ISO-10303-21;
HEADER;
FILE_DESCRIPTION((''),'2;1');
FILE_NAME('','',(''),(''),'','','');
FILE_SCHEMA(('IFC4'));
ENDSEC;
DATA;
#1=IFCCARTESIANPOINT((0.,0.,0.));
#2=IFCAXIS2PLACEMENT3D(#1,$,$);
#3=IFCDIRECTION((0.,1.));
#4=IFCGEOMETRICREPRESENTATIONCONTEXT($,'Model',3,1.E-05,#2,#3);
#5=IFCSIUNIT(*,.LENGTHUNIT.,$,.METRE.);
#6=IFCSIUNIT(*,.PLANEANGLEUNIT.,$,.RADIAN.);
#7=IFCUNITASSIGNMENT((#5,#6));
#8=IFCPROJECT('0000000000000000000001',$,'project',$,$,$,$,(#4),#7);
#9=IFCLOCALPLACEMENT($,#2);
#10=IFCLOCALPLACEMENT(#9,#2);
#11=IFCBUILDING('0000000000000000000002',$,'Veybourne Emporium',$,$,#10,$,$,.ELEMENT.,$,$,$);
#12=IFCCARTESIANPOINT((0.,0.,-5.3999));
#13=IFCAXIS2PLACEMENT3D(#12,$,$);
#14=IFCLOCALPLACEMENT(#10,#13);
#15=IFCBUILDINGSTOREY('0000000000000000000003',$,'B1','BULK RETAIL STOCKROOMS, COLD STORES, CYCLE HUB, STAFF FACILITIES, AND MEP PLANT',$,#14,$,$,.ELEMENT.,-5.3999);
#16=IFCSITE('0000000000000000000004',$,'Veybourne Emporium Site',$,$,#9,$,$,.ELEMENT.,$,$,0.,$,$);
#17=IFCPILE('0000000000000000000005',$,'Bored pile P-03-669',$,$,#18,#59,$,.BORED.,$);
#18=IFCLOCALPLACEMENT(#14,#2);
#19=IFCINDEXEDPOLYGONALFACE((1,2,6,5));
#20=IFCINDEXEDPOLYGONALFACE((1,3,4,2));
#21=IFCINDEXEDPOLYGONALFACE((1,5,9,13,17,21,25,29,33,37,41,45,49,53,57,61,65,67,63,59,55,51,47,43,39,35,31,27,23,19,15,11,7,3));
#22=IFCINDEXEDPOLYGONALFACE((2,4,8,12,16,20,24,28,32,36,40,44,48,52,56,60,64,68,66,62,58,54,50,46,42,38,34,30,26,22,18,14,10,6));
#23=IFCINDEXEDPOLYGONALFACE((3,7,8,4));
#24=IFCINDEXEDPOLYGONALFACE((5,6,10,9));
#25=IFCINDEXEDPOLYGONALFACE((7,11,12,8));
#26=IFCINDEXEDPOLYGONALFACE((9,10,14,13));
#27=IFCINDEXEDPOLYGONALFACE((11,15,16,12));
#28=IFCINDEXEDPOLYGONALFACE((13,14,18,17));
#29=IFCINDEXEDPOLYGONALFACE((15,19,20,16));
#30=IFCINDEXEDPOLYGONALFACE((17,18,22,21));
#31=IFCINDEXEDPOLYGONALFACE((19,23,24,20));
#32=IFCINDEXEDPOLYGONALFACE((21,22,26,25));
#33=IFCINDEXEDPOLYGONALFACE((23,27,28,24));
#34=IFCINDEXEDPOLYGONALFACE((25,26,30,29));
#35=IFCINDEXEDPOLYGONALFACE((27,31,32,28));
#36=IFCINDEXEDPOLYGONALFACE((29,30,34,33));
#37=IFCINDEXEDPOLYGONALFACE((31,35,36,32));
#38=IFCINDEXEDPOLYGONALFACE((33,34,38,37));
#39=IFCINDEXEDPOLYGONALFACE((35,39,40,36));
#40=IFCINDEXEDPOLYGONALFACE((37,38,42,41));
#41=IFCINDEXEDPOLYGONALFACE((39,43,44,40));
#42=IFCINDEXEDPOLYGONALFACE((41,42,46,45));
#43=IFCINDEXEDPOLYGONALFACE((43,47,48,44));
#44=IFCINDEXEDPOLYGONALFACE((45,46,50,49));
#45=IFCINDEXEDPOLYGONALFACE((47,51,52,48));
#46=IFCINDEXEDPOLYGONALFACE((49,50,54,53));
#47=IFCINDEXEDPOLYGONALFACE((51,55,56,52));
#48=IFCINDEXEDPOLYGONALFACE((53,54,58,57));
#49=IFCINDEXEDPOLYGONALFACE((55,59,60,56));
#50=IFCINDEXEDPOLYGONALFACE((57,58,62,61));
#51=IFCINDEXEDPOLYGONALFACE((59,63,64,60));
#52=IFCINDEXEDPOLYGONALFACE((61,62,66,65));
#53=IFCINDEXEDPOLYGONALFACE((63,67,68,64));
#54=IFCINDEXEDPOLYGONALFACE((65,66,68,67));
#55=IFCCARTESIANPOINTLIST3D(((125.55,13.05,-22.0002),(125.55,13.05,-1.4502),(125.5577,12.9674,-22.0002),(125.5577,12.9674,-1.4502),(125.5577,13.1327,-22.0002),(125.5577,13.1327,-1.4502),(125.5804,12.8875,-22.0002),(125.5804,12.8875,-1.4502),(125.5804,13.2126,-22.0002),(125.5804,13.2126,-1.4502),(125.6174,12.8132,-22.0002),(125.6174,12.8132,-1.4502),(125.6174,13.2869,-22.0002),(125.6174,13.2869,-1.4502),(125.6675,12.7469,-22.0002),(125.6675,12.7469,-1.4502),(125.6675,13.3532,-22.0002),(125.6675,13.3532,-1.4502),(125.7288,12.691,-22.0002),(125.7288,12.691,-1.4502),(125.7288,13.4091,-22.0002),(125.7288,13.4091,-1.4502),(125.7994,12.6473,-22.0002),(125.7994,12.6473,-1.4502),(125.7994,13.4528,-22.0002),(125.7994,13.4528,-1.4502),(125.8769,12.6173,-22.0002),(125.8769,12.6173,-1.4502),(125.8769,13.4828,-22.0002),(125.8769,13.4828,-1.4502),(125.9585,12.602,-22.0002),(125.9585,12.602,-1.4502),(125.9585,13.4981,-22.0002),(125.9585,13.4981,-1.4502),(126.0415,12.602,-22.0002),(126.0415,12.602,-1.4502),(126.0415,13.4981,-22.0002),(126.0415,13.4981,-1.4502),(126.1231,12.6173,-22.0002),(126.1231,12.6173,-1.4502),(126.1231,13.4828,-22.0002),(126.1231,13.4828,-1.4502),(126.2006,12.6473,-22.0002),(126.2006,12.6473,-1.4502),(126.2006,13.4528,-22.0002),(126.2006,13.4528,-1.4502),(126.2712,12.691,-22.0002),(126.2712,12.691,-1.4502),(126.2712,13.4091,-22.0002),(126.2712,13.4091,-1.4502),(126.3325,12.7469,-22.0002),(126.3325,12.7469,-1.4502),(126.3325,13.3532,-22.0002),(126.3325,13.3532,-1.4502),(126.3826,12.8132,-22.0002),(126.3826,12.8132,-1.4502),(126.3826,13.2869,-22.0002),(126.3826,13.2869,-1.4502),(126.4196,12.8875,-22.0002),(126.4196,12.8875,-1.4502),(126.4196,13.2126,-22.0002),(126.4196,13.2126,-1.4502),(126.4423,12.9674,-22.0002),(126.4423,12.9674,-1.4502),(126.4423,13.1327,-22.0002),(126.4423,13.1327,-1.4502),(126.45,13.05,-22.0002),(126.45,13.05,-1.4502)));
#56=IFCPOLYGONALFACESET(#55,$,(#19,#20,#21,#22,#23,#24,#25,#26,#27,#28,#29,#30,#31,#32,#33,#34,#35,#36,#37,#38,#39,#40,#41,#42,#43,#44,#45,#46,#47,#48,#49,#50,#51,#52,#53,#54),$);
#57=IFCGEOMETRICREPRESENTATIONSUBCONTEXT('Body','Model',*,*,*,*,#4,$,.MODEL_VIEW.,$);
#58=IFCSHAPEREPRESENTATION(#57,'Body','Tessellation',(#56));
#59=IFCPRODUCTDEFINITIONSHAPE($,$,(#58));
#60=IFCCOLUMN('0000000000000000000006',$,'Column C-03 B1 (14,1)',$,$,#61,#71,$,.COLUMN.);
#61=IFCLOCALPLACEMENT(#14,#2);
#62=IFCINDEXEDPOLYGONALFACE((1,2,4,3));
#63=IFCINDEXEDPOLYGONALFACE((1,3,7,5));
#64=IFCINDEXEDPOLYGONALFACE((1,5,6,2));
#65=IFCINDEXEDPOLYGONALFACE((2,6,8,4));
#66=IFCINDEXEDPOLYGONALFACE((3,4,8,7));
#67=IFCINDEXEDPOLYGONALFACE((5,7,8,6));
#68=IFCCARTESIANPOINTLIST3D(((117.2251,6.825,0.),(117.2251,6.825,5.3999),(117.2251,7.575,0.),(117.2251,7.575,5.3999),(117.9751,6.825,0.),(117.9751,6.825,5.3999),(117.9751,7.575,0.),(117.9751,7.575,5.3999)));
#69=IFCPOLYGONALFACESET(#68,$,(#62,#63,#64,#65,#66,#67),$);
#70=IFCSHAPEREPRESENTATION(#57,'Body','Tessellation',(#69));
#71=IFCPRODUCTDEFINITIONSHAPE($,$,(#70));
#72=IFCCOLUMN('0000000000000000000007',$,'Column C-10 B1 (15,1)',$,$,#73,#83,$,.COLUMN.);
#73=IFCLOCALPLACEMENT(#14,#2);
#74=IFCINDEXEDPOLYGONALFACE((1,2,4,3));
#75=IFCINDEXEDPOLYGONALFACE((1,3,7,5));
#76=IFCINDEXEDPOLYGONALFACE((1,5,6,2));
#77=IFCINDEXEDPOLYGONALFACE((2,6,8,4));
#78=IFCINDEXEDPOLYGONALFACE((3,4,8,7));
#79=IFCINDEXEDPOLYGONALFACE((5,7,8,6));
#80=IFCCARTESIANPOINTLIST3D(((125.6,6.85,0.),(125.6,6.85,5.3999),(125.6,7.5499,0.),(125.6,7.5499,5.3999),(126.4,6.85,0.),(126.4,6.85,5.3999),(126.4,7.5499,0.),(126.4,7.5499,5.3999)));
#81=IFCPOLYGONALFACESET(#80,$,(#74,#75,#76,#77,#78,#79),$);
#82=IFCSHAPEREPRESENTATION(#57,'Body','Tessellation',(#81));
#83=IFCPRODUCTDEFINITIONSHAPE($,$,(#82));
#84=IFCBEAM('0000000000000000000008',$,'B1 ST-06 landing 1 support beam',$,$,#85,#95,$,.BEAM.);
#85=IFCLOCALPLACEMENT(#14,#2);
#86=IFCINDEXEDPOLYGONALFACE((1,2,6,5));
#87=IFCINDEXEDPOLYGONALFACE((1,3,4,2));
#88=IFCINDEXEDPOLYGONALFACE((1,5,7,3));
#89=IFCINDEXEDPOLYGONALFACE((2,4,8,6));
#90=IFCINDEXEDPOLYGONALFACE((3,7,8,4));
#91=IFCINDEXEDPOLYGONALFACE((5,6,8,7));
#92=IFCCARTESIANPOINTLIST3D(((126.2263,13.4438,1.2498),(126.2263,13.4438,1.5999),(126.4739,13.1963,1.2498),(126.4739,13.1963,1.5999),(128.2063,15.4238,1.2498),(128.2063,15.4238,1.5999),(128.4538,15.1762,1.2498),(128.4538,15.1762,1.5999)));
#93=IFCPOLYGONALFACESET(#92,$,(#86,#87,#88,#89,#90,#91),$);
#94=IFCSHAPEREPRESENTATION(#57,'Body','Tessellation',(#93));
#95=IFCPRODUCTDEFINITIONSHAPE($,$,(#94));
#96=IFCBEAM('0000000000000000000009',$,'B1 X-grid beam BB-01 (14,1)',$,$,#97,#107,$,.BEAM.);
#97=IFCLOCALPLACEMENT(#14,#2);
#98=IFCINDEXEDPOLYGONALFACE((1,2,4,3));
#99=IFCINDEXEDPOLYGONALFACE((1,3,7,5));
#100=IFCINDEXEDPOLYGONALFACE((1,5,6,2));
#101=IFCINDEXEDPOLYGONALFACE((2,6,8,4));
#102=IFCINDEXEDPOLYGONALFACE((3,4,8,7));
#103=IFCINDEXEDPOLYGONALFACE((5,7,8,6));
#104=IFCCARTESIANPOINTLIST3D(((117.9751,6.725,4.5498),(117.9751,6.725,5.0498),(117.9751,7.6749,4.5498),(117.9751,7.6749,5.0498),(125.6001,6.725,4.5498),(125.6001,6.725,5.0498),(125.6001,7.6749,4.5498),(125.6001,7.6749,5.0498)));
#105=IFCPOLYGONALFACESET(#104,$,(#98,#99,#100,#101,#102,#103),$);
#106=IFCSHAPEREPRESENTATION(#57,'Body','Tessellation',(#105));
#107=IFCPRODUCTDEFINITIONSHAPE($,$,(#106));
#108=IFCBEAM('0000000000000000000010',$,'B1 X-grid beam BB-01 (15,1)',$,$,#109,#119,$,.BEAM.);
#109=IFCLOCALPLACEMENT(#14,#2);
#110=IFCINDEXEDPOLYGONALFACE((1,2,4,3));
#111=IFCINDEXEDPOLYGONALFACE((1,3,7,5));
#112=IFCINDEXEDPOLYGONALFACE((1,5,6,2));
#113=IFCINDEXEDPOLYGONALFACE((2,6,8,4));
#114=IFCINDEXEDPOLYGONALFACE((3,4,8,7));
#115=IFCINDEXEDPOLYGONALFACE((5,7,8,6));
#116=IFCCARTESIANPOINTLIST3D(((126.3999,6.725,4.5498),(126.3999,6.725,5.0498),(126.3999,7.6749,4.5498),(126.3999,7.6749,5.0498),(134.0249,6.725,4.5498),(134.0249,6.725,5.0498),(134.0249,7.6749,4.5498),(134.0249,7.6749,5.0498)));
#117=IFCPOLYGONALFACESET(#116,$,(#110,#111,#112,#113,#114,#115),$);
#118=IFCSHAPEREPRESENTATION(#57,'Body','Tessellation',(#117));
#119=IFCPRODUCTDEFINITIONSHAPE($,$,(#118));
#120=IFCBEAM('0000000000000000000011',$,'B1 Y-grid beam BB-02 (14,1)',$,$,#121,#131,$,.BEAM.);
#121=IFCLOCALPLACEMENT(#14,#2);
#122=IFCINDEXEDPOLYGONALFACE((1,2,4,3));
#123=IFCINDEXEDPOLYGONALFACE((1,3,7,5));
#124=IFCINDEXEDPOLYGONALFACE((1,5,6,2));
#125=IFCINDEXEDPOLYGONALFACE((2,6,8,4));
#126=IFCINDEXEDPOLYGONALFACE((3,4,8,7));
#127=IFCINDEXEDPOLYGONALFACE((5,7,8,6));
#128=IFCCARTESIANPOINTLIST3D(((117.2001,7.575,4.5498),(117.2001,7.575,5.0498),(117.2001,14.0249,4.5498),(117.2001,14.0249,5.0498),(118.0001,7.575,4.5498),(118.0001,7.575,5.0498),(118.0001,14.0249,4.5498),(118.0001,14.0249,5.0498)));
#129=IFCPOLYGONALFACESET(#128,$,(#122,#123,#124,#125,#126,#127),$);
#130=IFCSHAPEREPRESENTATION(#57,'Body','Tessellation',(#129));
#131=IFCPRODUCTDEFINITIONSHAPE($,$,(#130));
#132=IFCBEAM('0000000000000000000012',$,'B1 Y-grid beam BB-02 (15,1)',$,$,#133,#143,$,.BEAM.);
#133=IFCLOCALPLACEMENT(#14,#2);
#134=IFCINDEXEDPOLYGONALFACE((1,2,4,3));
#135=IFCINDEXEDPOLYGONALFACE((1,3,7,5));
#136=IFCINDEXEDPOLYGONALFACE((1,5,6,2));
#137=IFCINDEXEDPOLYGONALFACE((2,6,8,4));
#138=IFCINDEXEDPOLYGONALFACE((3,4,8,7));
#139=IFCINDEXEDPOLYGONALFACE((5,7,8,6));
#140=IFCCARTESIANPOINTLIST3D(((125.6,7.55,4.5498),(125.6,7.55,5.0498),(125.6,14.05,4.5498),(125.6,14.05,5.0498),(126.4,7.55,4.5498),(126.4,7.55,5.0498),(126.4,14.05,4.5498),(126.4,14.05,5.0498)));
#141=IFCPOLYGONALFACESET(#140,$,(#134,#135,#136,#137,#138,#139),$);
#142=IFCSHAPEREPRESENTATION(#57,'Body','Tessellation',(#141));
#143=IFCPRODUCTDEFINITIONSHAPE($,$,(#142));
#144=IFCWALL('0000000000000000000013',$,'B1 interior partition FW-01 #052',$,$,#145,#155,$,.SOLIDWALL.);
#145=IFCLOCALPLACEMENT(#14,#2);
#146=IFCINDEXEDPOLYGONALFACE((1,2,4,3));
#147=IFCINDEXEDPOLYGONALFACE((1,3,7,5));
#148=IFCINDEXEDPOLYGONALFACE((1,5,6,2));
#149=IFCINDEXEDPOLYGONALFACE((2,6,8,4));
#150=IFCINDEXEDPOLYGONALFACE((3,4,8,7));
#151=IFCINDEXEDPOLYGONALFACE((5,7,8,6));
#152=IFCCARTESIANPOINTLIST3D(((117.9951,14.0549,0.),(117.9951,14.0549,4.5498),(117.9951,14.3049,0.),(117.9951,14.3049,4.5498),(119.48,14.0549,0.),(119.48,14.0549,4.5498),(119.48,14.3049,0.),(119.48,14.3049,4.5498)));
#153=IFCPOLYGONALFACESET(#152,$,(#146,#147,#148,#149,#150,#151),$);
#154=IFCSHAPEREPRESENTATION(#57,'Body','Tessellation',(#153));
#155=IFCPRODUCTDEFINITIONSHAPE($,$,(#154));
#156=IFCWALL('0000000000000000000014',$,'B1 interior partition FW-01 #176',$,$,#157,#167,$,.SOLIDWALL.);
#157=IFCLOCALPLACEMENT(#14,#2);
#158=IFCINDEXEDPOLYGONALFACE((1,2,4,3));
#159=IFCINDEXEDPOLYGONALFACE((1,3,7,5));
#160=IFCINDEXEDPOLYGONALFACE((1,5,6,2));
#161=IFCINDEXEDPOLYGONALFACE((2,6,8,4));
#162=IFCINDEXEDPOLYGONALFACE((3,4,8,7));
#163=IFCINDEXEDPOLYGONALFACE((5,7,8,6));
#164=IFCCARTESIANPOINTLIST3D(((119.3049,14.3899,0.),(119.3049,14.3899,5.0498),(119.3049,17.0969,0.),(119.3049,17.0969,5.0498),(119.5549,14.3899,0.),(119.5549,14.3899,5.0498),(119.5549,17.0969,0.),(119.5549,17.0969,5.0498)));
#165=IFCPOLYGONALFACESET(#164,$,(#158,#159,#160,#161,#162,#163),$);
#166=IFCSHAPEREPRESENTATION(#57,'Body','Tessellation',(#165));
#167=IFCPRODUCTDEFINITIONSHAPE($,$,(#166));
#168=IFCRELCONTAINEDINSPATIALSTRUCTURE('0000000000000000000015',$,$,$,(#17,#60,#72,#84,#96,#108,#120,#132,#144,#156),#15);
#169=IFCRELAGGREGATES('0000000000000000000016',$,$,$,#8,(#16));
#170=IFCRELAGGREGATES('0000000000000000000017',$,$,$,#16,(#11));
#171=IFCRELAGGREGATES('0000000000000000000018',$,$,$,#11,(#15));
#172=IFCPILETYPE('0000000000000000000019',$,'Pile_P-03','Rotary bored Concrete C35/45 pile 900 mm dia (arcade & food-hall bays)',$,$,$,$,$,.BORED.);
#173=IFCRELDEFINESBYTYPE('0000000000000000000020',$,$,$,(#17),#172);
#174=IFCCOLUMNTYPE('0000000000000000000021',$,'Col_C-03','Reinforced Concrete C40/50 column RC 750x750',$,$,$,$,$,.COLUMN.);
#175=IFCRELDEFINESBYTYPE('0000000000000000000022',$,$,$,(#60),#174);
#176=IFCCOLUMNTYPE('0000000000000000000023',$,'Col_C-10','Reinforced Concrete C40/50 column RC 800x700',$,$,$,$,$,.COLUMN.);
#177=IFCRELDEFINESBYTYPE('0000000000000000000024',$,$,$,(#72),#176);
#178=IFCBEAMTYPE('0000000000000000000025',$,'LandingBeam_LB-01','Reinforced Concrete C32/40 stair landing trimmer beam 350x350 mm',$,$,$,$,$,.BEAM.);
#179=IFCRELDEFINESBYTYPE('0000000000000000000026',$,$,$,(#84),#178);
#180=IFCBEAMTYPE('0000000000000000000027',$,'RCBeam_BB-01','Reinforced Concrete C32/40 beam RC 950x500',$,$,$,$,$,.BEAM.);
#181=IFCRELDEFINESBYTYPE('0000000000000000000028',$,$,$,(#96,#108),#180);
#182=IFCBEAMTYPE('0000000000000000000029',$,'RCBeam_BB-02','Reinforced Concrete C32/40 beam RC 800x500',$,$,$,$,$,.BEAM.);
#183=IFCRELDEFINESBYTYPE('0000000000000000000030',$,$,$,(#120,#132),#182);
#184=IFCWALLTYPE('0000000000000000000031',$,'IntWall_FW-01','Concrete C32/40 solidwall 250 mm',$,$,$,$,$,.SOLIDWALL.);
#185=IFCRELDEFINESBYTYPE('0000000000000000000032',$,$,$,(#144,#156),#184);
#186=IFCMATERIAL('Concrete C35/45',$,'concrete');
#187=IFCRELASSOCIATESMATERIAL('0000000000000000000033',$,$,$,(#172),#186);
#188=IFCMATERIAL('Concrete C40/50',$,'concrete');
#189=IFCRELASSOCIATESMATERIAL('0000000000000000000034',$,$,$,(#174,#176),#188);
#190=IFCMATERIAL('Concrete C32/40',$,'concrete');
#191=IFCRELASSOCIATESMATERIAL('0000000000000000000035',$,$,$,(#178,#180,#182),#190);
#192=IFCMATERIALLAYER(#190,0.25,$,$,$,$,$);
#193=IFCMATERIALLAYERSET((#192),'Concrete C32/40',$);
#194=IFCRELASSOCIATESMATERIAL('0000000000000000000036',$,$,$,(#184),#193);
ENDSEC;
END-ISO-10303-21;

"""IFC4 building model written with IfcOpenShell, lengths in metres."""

from ifc_helpers import new_model, si_unit, direction, frame, frame_2d, origin, origin_2d, place, context, subcontext, project, spatial, rectangle, circle, extrude, material, layer, layer_set, material_profile, profile_set, type_object, element, save


model = new_model("IFC4")

# Units and contexts
model_context = context("Model", 3, precision=1e-05, world=origin(), true_north=direction((0.0, 1.0)))
body_context = subcontext(model_context, "Body", "Model", "MODEL_VIEW")
ifc_project = project(units=[si_unit("LENGTHUNIT", "METRE"), si_unit("PLANEANGLEUNIT", "RADIAN")], contexts=[model_context])

# Site, building, storey
site_placement = place(None, origin())
site = spatial("IfcSite", under=ifc_project, at=site_placement, Name="Veybourne Emporium Site", CompositionType="ELEMENT", RefElevation=0.0)
building_placement = place(site_placement, origin())
building = spatial("IfcBuilding", under=site, at=building_placement, Name="Veybourne Emporium", CompositionType="ELEMENT")
storey_placement = place(building_placement, frame((0.0, 0.0, -5.3999)))
storey = spatial("IfcBuildingStorey", under=building, at=storey_placement, Name="B1", Description="BULK RETAIL STOCKROOMS, COLD STORES, CYCLE HUB, STAFF FACILITIES, AND MEP PLANT", CompositionType="ELEMENT", Elevation=-5.3999)

# Shared definitions
ifc_material_1 = material(Name="Concrete C35/45", Category="concrete")

# Pile
ifc_material_profile_1 = material_profile(ifc_material_1, circle(Radius=0.45, at=origin_2d()), Name="BORED PILE 900")
ifc_profile_set_1 = profile_set([ifc_material_profile_1], Name="Concrete C35/45")
pile_type = type_object("IfcPileType", Name="Pile_P-03", Description="Rotary bored Concrete C35/45 pile 900 mm dia (arcade & food-hall bays)", PredefinedType="BORED", material=ifc_profile_set_1)
for number, where, z_axis, x_axis, name in (
    (1, (126.0, 13.05, -1.4502), (0.0, 0.0, -1.0), (1.0, 0.0, 0.0), "Bored pile P-03-669"),
):
    element("IfcPile", number, at=place(storey_placement, frame(where, z_axis=z_axis, x_axis=x_axis)), inside=storey, type_object=pile_type, Name=name, PredefinedType="BORED", context=body_context, shape_type="SweptSolid", body=[
        extrude(circle(Radius=0.45, at=origin_2d()), origin(), (0.0, 0.0, 1.0), 20.55),
    ])

# Columns
ifc_material_2 = material(Name="Concrete C40/50", Category="concrete")
ifc_material_profile_2 = material_profile(ifc_material_2, rectangle(XDim=0.75, YDim=0.75, at=origin_2d()), Name="RC 750x750")
ifc_profile_set_2 = profile_set([ifc_material_profile_2], Name="Concrete C40/50")
column_type_1 = type_object("IfcColumnType", Name="Col_C-03", Description="Reinforced Concrete C40/50 column RC 750x750", PredefinedType="COLUMN", material=ifc_profile_set_2)
column_1_placement = place(storey_placement, frame((117.6001, 7.2, 0.0), z_axis=(0.0, 0.0, 1.0), x_axis=(1.0, 0.0, 0.0)))
element("IfcColumn", 2, at=column_1_placement, inside=storey, type_object=column_type_1, Name="Column C-03 B1 (14,1)", PredefinedType="COLUMN", context=body_context, shape_type="SweptSolid", body=[
    extrude(rectangle(XDim=0.75, YDim=0.75, at=origin_2d()), origin(), (0.0, 0.0, 1.0), 5.3999),
])
ifc_material_profile_3 = material_profile(ifc_material_2, rectangle(XDim=0.8, YDim=0.7, at=origin_2d()), Name="RC 800x700")
ifc_profile_set_3 = profile_set([ifc_material_profile_3], Name="Concrete C40/50")
column_type_2 = type_object("IfcColumnType", Name="Col_C-10", Description="Reinforced Concrete C40/50 column RC 800x700", PredefinedType="COLUMN", material=ifc_profile_set_3)
column_2_placement = place(storey_placement, frame((126.0, 7.2, 0.0), z_axis=(0.0, 0.0, 1.0), x_axis=(1.0, 0.0, 0.0)))
element("IfcColumn", 3, at=column_2_placement, inside=storey, type_object=column_type_2, Name="Column C-10 B1 (15,1)", PredefinedType="COLUMN", context=body_context, shape_type="SweptSolid", body=[
    extrude(rectangle(XDim=0.8, YDim=0.7, at=origin_2d()), origin(), (0.0, 0.0, 1.0), 5.3999),
])

# Beams
ifc_material_3 = material(Name="Concrete C32/40", Category="concrete")
ifc_material_profile_4 = material_profile(ifc_material_3, rectangle(XDim=0.3501, YDim=0.3501, at=origin_2d()), Name="RC 350x350")
ifc_profile_set_4 = profile_set([ifc_material_profile_4], Name="Concrete C32/40")
beam_type_1 = type_object("IfcBeamType", Name="LandingBeam_LB-01", Description="Reinforced Concrete C32/40 stair landing trimmer beam 350x350 mm", PredefinedType="BEAM", material=ifc_profile_set_4)
beam_1_placement = place(storey_placement, frame((126.3501, 13.3201, 1.4248), z_axis=(0.707107, 0.707107, 0.0), x_axis=(-0.707107, 0.707107, 0.0)))
element("IfcBeam", 4, at=beam_1_placement, inside=storey, type_object=beam_type_1, Name="B1 ST-06 landing 1 support beam", PredefinedType="BEAM", context=body_context, shape_type="SweptSolid", body=[
    extrude(rectangle(XDim=0.3501, YDim=0.3501, at=origin_2d()), origin(), (0.0, 0.0, 1.0), 2.8),
])
ifc_material_profile_5 = material_profile(ifc_material_3, rectangle(XDim=0.95, YDim=0.5, at=origin_2d()), Name="RC 950x500")
ifc_profile_set_5 = profile_set([ifc_material_profile_5], Name="Concrete C32/40")
beam_type_2 = type_object("IfcBeamType", Name="RCBeam_BB-01", Description="Reinforced Concrete C32/40 beam RC 950x500", PredefinedType="BEAM", material=ifc_profile_set_5)
for number, where, z_axis, x_axis, name in (
    (5, (117.9751, 7.2, 4.7998), (1.0, 0.0, 0.0), (0.0, 1.0, 0.0), "B1 X-grid beam BB-01 (14,1)"),
    (6, (126.3999, 7.2, 4.7998), (1.0, 0.0, 0.0), (0.0, 1.0, 0.0), "B1 X-grid beam BB-01 (15,1)"),
):
    element("IfcBeam", number, at=place(storey_placement, frame(where, z_axis=z_axis, x_axis=x_axis)), inside=storey, type_object=beam_type_2, Name=name, PredefinedType="BEAM", context=body_context, shape_type="SweptSolid", body=[
        extrude(rectangle(XDim=0.95, YDim=0.5, at=origin_2d()), origin(), (0.0, 0.0, 1.0), 7.625),
    ])
ifc_material_profile_6 = material_profile(ifc_material_3, rectangle(XDim=0.8, YDim=0.5, at=origin_2d()), Name="RC 800x500")
ifc_profile_set_6 = profile_set([ifc_material_profile_6], Name="Concrete C32/40")
beam_type_3 = type_object("IfcBeamType", Name="RCBeam_BB-02", Description="Reinforced Concrete C32/40 beam RC 800x500", PredefinedType="BEAM", material=ifc_profile_set_6)
beam_2_placement = place(storey_placement, frame((117.6001, 7.575, 4.7998), z_axis=(0.0, 1.0, 0.0), x_axis=(-1.0, 0.0, 0.0)))
element("IfcBeam", 7, at=beam_2_placement, inside=storey, type_object=beam_type_3, Name="B1 Y-grid beam BB-02 (14,1)", PredefinedType="BEAM", context=body_context, shape_type="SweptSolid", body=[
    extrude(rectangle(XDim=0.8, YDim=0.5, at=origin_2d()), origin(), (0.0, 0.0, 1.0), 6.45),
])
beam_3_placement = place(storey_placement, frame((126.0, 7.55, 4.7998), z_axis=(0.0, 1.0, 0.0), x_axis=(-1.0, 0.0, 0.0)))
element("IfcBeam", 8, at=beam_3_placement, inside=storey, type_object=beam_type_3, Name="B1 Y-grid beam BB-02 (15,1)", PredefinedType="BEAM", context=body_context, shape_type="SweptSolid", body=[
    extrude(rectangle(XDim=0.8, YDim=0.5, at=origin_2d()), origin(), (0.0, 0.0, 1.0), 6.5),
])

# Walls
ifc_layer_1 = layer(ifc_material_3, 0.25)
ifc_layer_set_1 = layer_set([ifc_layer_1], Name="Concrete C32/40")
wall_type_1 = type_object("IfcWallType", Name="IntWall_FW-01", Description="Concrete C32/40 solidwall 250 mm", PredefinedType="SOLIDWALL", material=ifc_layer_set_1)
wall_1_placement = place(storey_placement, frame((117.9951, 14.1799, 0.0), z_axis=(0.0, 0.0, 1.0), x_axis=(1.0, 0.0, 0.0)))
element("IfcWall", 9, at=wall_1_placement, inside=storey, type_object=wall_type_1, Name="B1 interior partition FW-01 #052", PredefinedType="SOLIDWALL", context=body_context, shape_type="SweptSolid", body=[
    extrude(rectangle(XDim=1.4849, YDim=0.25, at=frame_2d((0.7424, 0.0))), origin(), (0.0, 0.0, 1.0), 4.5498),
])
wall_2_placement = place(storey_placement, frame((119.4299, 14.3899, 0.0), z_axis=(0.0, 0.0, 1.0), x_axis=(0.0, 1.0, 0.0)))
element("IfcWall", 10, at=wall_2_placement, inside=storey, type_object=wall_type_1, Name="B1 interior partition FW-01 #176", PredefinedType="SOLIDWALL", context=body_context, shape_type="SweptSolid", body=[
    extrude(rectangle(XDim=2.707, YDim=0.25, at=frame_2d((1.3535, 0.0))), origin(), (0.0, 0.0, 1.0), 5.0498),
])

save(model, "model.ifc")
